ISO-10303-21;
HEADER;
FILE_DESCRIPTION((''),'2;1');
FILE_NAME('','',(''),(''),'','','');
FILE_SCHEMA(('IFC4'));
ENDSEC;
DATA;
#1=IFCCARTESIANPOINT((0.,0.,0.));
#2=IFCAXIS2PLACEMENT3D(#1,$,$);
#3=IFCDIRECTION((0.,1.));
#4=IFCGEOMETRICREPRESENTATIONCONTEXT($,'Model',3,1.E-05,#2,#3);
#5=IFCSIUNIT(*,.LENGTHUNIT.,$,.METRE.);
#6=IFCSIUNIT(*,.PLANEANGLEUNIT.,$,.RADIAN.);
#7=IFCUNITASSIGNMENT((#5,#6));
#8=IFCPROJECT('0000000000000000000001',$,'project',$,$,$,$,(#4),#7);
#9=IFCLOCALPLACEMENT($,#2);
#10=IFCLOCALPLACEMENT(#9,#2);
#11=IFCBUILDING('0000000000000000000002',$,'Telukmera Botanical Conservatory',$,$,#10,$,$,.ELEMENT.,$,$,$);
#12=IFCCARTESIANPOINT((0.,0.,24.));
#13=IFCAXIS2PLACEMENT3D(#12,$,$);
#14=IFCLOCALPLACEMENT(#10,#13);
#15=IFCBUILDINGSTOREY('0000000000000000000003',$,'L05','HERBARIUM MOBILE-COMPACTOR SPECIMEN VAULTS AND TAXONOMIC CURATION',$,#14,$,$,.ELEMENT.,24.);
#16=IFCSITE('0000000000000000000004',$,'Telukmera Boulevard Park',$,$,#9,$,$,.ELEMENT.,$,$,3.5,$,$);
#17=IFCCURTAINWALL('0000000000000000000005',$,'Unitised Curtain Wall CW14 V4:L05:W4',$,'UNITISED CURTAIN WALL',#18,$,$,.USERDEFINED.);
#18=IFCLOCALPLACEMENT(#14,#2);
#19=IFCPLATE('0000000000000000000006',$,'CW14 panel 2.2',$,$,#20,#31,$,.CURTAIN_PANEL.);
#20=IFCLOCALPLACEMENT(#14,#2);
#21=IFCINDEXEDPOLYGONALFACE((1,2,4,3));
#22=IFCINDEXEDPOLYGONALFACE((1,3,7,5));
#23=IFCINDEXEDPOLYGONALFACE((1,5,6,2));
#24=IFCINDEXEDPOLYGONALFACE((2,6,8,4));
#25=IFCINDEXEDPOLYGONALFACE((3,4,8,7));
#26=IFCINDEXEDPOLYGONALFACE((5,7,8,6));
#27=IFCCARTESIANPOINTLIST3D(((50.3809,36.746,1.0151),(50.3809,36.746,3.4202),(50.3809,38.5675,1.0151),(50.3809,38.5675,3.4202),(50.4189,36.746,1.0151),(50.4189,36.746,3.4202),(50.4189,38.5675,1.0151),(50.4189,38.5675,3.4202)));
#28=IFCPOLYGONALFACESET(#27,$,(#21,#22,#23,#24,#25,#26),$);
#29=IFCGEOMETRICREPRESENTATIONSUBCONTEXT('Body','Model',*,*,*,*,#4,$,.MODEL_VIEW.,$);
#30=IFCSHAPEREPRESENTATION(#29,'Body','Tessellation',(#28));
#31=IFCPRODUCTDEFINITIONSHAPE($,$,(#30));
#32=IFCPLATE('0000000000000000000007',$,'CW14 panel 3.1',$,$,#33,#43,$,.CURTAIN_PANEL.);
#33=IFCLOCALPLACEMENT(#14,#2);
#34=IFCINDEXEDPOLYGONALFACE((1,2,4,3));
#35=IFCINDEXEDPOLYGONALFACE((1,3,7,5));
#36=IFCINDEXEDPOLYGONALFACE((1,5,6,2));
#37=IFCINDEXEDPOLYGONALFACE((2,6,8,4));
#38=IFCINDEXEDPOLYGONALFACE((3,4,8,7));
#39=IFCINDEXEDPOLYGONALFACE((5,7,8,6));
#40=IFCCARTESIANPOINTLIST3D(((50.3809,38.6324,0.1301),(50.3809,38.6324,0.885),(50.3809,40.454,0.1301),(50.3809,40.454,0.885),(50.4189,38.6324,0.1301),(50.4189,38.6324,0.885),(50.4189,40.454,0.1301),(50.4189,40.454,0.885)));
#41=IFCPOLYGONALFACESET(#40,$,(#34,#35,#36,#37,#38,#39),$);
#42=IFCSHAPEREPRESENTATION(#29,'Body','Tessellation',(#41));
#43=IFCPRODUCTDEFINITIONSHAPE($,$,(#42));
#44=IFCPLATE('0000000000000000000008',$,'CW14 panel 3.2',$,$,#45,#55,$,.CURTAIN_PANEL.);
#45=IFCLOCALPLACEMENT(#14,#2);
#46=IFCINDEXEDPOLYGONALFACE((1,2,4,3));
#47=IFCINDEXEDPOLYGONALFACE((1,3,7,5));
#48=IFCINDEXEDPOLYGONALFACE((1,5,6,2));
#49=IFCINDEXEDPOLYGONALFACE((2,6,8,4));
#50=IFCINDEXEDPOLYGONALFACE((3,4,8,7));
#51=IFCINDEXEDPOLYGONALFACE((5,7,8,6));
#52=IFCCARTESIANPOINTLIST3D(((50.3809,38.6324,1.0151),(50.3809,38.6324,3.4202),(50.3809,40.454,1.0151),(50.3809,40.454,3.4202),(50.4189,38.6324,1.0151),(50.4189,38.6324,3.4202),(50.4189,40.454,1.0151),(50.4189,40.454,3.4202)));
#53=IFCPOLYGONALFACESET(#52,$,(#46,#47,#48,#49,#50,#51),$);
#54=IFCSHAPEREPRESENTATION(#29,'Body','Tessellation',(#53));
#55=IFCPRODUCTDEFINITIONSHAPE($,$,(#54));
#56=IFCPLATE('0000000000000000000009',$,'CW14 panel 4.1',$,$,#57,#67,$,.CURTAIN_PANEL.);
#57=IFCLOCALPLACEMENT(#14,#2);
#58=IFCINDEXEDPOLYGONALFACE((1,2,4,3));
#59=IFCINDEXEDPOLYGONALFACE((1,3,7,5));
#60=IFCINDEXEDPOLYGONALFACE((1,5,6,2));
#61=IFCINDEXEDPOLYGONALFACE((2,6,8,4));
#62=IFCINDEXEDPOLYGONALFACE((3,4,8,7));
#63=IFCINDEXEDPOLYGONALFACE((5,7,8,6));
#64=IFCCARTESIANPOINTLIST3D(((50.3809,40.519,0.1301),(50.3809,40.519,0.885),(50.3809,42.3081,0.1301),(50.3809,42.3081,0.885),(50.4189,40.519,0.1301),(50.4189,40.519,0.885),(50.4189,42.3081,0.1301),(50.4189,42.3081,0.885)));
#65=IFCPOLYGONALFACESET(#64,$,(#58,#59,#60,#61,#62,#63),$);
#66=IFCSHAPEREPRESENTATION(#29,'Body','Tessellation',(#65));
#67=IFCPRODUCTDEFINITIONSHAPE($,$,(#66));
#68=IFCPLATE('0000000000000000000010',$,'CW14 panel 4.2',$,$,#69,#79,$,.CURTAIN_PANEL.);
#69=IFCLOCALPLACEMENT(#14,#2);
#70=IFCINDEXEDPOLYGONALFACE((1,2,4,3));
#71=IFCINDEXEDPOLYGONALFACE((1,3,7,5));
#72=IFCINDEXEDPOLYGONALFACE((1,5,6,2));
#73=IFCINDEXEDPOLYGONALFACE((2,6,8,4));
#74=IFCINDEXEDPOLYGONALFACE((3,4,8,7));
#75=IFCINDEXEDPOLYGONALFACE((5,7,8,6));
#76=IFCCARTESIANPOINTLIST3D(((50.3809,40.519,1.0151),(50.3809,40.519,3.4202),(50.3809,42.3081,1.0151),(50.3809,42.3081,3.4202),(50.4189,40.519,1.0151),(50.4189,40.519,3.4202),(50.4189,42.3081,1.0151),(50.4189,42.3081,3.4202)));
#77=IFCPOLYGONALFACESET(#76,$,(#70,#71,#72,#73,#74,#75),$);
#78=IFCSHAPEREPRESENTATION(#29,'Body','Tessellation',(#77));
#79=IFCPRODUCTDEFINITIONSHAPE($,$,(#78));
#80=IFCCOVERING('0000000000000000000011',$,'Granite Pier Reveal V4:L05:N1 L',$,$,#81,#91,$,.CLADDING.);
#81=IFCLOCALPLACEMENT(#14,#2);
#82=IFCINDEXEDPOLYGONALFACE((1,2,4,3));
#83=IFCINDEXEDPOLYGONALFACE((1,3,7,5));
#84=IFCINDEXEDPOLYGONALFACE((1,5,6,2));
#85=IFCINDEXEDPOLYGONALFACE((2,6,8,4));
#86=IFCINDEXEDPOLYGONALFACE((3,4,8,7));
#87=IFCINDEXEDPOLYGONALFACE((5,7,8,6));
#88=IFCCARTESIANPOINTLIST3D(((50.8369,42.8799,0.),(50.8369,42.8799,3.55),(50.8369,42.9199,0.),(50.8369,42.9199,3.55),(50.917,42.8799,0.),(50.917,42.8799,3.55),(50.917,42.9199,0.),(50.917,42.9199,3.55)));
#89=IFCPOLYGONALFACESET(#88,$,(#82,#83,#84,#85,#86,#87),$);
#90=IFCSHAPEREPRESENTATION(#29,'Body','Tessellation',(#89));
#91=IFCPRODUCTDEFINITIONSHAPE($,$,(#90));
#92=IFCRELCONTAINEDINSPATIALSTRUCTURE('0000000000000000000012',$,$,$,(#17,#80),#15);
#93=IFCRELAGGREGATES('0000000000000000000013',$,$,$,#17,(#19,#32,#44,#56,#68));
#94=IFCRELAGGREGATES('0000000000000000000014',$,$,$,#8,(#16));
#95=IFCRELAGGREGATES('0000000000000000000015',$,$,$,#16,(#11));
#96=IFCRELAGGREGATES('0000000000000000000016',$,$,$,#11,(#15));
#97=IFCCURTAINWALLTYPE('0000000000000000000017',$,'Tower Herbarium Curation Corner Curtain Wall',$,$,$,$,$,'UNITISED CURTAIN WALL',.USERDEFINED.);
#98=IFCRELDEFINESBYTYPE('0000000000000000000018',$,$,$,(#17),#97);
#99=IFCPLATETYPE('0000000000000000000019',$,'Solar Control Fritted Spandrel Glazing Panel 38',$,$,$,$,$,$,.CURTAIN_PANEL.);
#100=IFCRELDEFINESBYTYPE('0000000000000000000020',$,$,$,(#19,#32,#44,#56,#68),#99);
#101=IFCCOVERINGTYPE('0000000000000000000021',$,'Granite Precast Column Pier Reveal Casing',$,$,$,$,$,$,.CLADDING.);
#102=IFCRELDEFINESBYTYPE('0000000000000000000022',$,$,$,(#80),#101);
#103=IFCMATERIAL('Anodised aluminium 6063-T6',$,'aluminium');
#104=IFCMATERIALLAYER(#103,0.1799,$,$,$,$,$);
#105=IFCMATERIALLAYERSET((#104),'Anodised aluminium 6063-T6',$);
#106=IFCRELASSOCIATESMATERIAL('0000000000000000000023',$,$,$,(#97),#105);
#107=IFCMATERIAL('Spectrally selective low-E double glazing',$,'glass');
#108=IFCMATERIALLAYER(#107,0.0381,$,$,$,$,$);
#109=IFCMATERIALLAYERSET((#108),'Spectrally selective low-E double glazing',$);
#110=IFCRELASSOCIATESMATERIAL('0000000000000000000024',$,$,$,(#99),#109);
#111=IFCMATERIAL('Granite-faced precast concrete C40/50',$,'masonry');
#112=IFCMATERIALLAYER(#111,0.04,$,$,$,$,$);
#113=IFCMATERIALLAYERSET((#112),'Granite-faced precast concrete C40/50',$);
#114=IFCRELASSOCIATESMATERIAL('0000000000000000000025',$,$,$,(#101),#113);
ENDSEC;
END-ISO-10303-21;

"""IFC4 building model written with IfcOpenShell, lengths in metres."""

from ifc_helpers import new_model, si_unit, direction, frame, origin, origin_2d, place, context, subcontext, project, spatial, rectangle, extrude, material, layer, layer_set, type_object, element, aggregate, save


model = new_model("IFC4")

# Units and contexts
model_context = context("Model", 3, precision=1e-05, world=origin(), true_north=direction((0.0, 1.0)))
body_context = subcontext(model_context, "Body", "Model", "MODEL_VIEW")
ifc_project = project(units=[si_unit("LENGTHUNIT", "METRE"), si_unit("PLANEANGLEUNIT", "RADIAN")], contexts=[model_context])

# Site, building, storey
site_placement = place(None, origin())
site = spatial("IfcSite", under=ifc_project, at=site_placement, Name="Telukmera Boulevard Park", CompositionType="ELEMENT", RefElevation=3.5)
building_placement = place(site_placement, origin())
building = spatial("IfcBuilding", under=site, at=building_placement, Name="Telukmera Botanical Conservatory", CompositionType="ELEMENT")
storey_placement = place(building_placement, frame((0.0, 0.0, 24.0)))
storey = spatial("IfcBuildingStorey", under=building, at=storey_placement, Name="L05", Description="HERBARIUM MOBILE-COMPACTOR SPECIMEN VAULTS AND TAXONOMIC CURATION", CompositionType="ELEMENT", Elevation=24.0)

# Curtain wall
ifc_material_1 = material(Name="Anodised aluminium 6063-T6", Category="aluminium")
ifc_layer_1 = layer(ifc_material_1, 0.1799)
ifc_layer_set_1 = layer_set([ifc_layer_1], Name="Anodised aluminium 6063-T6")
curtain_wall_type = type_object("IfcCurtainWallType", Name="Tower Herbarium Curation Corner Curtain Wall", ElementType="UNITISED CURTAIN WALL", PredefinedType="USERDEFINED", material=ifc_layer_set_1)
curtain_wall_1_placement = place(storey_placement, origin())
curtain_wall_1 = element("IfcCurtainWall", 1, at=curtain_wall_1_placement, inside=storey, type_object=curtain_wall_type, Name="Unitised Curtain Wall CW14 V4:L05:W4", ObjectType="UNITISED CURTAIN WALL", PredefinedType="USERDEFINED")

# Plates
ifc_material_2 = material(Name="Spectrally selective low-E double glazing", Category="glass")
ifc_layer_2 = layer(ifc_material_2, 0.0381)
ifc_layer_set_2 = layer_set([ifc_layer_2], Name="Spectrally selective low-E double glazing")
plate_type = type_object("IfcPlateType", Name="Solar Control Fritted Spandrel Glazing Panel 38", PredefinedType="CURTAIN_PANEL", material=ifc_layer_set_2)
plate_1_placement = place(storey_placement, frame((50.3999, 37.6567, 1.0151), z_axis=(0.0, 0.0, 1.0), x_axis=(0.0, 1.0, 0.0)))
plate_1 = element("IfcPlate", 2, at=plate_1_placement, type_object=plate_type, Name="CW14 panel 2.2", PredefinedType="CURTAIN_PANEL", context=body_context, shape_type="SweptSolid", body=[
    extrude(rectangle(XDim=1.8215, YDim=0.0381, at=origin_2d()), origin(), (0.0, 0.0, 1.0), 2.405),
])
plate_2_placement = place(storey_placement, frame((50.3999, 39.5432, 0.1301), z_axis=(0.0, 0.0, 1.0), x_axis=(0.0, 1.0, 0.0)))
plate_2 = element("IfcPlate", 3, at=plate_2_placement, type_object=plate_type, Name="CW14 panel 3.1", PredefinedType="CURTAIN_PANEL", context=body_context, shape_type="SweptSolid", body=[
    extrude(rectangle(XDim=1.8215, YDim=0.0381, at=origin_2d()), origin(), (0.0, 0.0, 1.0), 0.7549),
])
plate_3_placement = place(storey_placement, frame((50.3999, 39.5432, 1.0151), z_axis=(0.0, 0.0, 1.0), x_axis=(0.0, 1.0, 0.0)))
plate_3 = element("IfcPlate", 4, at=plate_3_placement, type_object=plate_type, Name="CW14 panel 3.2", PredefinedType="CURTAIN_PANEL", context=body_context, shape_type="SweptSolid", body=[
    extrude(rectangle(XDim=1.8215, YDim=0.0381, at=origin_2d()), origin(), (0.0, 0.0, 1.0), 2.405),
])
plate_4_placement = place(storey_placement, frame((50.3999, 41.4136, 0.1301), z_axis=(0.0, 0.0, 1.0), x_axis=(0.0, 1.0, 0.0)))
plate_4 = element("IfcPlate", 5, at=plate_4_placement, type_object=plate_type, Name="CW14 panel 4.1", PredefinedType="CURTAIN_PANEL", context=body_context, shape_type="SweptSolid", body=[
    extrude(rectangle(XDim=1.7891, YDim=0.0381, at=origin_2d()), origin(), (0.0, 0.0, 1.0), 0.7549),
])
plate_5_placement = place(storey_placement, frame((50.3999, 41.4136, 1.0151), z_axis=(0.0, 0.0, 1.0), x_axis=(0.0, 1.0, 0.0)))
plate_5 = element("IfcPlate", 6, at=plate_5_placement, type_object=plate_type, Name="CW14 panel 4.2", PredefinedType="CURTAIN_PANEL", context=body_context, shape_type="SweptSolid", body=[
    extrude(rectangle(XDim=1.7891, YDim=0.0381, at=origin_2d()), origin(), (0.0, 0.0, 1.0), 2.405),
])
aggregate(curtain_wall_1, [plate_1, plate_2, plate_3, plate_4, plate_5])

# Covering
ifc_material_3 = material(Name="Granite-faced precast concrete C40/50", Category="masonry")
ifc_layer_3 = layer(ifc_material_3, 0.04)
ifc_layer_set_3 = layer_set([ifc_layer_3], Name="Granite-faced precast concrete C40/50")
covering_type = type_object("IfcCoveringType", Name="Granite Precast Column Pier Reveal Casing", PredefinedType="CLADDING", material=ifc_layer_set_3)
covering_placement = place(storey_placement, frame((50.877, 42.8999, 0.0), z_axis=(0.0, 0.0, 1.0), x_axis=(1.0, 0.0, 0.0)))
element("IfcCovering", 7, at=covering_placement, inside=storey, type_object=covering_type, Name="Granite Pier Reveal V4:L05:N1 L", PredefinedType="CLADDING", context=body_context, shape_type="SweptSolid", body=[
    extrude(rectangle(XDim=0.0801, YDim=0.04, at=origin_2d()), origin(), (0.0, 0.0, 1.0), 3.55),
])

save(model, "model.ifc")
